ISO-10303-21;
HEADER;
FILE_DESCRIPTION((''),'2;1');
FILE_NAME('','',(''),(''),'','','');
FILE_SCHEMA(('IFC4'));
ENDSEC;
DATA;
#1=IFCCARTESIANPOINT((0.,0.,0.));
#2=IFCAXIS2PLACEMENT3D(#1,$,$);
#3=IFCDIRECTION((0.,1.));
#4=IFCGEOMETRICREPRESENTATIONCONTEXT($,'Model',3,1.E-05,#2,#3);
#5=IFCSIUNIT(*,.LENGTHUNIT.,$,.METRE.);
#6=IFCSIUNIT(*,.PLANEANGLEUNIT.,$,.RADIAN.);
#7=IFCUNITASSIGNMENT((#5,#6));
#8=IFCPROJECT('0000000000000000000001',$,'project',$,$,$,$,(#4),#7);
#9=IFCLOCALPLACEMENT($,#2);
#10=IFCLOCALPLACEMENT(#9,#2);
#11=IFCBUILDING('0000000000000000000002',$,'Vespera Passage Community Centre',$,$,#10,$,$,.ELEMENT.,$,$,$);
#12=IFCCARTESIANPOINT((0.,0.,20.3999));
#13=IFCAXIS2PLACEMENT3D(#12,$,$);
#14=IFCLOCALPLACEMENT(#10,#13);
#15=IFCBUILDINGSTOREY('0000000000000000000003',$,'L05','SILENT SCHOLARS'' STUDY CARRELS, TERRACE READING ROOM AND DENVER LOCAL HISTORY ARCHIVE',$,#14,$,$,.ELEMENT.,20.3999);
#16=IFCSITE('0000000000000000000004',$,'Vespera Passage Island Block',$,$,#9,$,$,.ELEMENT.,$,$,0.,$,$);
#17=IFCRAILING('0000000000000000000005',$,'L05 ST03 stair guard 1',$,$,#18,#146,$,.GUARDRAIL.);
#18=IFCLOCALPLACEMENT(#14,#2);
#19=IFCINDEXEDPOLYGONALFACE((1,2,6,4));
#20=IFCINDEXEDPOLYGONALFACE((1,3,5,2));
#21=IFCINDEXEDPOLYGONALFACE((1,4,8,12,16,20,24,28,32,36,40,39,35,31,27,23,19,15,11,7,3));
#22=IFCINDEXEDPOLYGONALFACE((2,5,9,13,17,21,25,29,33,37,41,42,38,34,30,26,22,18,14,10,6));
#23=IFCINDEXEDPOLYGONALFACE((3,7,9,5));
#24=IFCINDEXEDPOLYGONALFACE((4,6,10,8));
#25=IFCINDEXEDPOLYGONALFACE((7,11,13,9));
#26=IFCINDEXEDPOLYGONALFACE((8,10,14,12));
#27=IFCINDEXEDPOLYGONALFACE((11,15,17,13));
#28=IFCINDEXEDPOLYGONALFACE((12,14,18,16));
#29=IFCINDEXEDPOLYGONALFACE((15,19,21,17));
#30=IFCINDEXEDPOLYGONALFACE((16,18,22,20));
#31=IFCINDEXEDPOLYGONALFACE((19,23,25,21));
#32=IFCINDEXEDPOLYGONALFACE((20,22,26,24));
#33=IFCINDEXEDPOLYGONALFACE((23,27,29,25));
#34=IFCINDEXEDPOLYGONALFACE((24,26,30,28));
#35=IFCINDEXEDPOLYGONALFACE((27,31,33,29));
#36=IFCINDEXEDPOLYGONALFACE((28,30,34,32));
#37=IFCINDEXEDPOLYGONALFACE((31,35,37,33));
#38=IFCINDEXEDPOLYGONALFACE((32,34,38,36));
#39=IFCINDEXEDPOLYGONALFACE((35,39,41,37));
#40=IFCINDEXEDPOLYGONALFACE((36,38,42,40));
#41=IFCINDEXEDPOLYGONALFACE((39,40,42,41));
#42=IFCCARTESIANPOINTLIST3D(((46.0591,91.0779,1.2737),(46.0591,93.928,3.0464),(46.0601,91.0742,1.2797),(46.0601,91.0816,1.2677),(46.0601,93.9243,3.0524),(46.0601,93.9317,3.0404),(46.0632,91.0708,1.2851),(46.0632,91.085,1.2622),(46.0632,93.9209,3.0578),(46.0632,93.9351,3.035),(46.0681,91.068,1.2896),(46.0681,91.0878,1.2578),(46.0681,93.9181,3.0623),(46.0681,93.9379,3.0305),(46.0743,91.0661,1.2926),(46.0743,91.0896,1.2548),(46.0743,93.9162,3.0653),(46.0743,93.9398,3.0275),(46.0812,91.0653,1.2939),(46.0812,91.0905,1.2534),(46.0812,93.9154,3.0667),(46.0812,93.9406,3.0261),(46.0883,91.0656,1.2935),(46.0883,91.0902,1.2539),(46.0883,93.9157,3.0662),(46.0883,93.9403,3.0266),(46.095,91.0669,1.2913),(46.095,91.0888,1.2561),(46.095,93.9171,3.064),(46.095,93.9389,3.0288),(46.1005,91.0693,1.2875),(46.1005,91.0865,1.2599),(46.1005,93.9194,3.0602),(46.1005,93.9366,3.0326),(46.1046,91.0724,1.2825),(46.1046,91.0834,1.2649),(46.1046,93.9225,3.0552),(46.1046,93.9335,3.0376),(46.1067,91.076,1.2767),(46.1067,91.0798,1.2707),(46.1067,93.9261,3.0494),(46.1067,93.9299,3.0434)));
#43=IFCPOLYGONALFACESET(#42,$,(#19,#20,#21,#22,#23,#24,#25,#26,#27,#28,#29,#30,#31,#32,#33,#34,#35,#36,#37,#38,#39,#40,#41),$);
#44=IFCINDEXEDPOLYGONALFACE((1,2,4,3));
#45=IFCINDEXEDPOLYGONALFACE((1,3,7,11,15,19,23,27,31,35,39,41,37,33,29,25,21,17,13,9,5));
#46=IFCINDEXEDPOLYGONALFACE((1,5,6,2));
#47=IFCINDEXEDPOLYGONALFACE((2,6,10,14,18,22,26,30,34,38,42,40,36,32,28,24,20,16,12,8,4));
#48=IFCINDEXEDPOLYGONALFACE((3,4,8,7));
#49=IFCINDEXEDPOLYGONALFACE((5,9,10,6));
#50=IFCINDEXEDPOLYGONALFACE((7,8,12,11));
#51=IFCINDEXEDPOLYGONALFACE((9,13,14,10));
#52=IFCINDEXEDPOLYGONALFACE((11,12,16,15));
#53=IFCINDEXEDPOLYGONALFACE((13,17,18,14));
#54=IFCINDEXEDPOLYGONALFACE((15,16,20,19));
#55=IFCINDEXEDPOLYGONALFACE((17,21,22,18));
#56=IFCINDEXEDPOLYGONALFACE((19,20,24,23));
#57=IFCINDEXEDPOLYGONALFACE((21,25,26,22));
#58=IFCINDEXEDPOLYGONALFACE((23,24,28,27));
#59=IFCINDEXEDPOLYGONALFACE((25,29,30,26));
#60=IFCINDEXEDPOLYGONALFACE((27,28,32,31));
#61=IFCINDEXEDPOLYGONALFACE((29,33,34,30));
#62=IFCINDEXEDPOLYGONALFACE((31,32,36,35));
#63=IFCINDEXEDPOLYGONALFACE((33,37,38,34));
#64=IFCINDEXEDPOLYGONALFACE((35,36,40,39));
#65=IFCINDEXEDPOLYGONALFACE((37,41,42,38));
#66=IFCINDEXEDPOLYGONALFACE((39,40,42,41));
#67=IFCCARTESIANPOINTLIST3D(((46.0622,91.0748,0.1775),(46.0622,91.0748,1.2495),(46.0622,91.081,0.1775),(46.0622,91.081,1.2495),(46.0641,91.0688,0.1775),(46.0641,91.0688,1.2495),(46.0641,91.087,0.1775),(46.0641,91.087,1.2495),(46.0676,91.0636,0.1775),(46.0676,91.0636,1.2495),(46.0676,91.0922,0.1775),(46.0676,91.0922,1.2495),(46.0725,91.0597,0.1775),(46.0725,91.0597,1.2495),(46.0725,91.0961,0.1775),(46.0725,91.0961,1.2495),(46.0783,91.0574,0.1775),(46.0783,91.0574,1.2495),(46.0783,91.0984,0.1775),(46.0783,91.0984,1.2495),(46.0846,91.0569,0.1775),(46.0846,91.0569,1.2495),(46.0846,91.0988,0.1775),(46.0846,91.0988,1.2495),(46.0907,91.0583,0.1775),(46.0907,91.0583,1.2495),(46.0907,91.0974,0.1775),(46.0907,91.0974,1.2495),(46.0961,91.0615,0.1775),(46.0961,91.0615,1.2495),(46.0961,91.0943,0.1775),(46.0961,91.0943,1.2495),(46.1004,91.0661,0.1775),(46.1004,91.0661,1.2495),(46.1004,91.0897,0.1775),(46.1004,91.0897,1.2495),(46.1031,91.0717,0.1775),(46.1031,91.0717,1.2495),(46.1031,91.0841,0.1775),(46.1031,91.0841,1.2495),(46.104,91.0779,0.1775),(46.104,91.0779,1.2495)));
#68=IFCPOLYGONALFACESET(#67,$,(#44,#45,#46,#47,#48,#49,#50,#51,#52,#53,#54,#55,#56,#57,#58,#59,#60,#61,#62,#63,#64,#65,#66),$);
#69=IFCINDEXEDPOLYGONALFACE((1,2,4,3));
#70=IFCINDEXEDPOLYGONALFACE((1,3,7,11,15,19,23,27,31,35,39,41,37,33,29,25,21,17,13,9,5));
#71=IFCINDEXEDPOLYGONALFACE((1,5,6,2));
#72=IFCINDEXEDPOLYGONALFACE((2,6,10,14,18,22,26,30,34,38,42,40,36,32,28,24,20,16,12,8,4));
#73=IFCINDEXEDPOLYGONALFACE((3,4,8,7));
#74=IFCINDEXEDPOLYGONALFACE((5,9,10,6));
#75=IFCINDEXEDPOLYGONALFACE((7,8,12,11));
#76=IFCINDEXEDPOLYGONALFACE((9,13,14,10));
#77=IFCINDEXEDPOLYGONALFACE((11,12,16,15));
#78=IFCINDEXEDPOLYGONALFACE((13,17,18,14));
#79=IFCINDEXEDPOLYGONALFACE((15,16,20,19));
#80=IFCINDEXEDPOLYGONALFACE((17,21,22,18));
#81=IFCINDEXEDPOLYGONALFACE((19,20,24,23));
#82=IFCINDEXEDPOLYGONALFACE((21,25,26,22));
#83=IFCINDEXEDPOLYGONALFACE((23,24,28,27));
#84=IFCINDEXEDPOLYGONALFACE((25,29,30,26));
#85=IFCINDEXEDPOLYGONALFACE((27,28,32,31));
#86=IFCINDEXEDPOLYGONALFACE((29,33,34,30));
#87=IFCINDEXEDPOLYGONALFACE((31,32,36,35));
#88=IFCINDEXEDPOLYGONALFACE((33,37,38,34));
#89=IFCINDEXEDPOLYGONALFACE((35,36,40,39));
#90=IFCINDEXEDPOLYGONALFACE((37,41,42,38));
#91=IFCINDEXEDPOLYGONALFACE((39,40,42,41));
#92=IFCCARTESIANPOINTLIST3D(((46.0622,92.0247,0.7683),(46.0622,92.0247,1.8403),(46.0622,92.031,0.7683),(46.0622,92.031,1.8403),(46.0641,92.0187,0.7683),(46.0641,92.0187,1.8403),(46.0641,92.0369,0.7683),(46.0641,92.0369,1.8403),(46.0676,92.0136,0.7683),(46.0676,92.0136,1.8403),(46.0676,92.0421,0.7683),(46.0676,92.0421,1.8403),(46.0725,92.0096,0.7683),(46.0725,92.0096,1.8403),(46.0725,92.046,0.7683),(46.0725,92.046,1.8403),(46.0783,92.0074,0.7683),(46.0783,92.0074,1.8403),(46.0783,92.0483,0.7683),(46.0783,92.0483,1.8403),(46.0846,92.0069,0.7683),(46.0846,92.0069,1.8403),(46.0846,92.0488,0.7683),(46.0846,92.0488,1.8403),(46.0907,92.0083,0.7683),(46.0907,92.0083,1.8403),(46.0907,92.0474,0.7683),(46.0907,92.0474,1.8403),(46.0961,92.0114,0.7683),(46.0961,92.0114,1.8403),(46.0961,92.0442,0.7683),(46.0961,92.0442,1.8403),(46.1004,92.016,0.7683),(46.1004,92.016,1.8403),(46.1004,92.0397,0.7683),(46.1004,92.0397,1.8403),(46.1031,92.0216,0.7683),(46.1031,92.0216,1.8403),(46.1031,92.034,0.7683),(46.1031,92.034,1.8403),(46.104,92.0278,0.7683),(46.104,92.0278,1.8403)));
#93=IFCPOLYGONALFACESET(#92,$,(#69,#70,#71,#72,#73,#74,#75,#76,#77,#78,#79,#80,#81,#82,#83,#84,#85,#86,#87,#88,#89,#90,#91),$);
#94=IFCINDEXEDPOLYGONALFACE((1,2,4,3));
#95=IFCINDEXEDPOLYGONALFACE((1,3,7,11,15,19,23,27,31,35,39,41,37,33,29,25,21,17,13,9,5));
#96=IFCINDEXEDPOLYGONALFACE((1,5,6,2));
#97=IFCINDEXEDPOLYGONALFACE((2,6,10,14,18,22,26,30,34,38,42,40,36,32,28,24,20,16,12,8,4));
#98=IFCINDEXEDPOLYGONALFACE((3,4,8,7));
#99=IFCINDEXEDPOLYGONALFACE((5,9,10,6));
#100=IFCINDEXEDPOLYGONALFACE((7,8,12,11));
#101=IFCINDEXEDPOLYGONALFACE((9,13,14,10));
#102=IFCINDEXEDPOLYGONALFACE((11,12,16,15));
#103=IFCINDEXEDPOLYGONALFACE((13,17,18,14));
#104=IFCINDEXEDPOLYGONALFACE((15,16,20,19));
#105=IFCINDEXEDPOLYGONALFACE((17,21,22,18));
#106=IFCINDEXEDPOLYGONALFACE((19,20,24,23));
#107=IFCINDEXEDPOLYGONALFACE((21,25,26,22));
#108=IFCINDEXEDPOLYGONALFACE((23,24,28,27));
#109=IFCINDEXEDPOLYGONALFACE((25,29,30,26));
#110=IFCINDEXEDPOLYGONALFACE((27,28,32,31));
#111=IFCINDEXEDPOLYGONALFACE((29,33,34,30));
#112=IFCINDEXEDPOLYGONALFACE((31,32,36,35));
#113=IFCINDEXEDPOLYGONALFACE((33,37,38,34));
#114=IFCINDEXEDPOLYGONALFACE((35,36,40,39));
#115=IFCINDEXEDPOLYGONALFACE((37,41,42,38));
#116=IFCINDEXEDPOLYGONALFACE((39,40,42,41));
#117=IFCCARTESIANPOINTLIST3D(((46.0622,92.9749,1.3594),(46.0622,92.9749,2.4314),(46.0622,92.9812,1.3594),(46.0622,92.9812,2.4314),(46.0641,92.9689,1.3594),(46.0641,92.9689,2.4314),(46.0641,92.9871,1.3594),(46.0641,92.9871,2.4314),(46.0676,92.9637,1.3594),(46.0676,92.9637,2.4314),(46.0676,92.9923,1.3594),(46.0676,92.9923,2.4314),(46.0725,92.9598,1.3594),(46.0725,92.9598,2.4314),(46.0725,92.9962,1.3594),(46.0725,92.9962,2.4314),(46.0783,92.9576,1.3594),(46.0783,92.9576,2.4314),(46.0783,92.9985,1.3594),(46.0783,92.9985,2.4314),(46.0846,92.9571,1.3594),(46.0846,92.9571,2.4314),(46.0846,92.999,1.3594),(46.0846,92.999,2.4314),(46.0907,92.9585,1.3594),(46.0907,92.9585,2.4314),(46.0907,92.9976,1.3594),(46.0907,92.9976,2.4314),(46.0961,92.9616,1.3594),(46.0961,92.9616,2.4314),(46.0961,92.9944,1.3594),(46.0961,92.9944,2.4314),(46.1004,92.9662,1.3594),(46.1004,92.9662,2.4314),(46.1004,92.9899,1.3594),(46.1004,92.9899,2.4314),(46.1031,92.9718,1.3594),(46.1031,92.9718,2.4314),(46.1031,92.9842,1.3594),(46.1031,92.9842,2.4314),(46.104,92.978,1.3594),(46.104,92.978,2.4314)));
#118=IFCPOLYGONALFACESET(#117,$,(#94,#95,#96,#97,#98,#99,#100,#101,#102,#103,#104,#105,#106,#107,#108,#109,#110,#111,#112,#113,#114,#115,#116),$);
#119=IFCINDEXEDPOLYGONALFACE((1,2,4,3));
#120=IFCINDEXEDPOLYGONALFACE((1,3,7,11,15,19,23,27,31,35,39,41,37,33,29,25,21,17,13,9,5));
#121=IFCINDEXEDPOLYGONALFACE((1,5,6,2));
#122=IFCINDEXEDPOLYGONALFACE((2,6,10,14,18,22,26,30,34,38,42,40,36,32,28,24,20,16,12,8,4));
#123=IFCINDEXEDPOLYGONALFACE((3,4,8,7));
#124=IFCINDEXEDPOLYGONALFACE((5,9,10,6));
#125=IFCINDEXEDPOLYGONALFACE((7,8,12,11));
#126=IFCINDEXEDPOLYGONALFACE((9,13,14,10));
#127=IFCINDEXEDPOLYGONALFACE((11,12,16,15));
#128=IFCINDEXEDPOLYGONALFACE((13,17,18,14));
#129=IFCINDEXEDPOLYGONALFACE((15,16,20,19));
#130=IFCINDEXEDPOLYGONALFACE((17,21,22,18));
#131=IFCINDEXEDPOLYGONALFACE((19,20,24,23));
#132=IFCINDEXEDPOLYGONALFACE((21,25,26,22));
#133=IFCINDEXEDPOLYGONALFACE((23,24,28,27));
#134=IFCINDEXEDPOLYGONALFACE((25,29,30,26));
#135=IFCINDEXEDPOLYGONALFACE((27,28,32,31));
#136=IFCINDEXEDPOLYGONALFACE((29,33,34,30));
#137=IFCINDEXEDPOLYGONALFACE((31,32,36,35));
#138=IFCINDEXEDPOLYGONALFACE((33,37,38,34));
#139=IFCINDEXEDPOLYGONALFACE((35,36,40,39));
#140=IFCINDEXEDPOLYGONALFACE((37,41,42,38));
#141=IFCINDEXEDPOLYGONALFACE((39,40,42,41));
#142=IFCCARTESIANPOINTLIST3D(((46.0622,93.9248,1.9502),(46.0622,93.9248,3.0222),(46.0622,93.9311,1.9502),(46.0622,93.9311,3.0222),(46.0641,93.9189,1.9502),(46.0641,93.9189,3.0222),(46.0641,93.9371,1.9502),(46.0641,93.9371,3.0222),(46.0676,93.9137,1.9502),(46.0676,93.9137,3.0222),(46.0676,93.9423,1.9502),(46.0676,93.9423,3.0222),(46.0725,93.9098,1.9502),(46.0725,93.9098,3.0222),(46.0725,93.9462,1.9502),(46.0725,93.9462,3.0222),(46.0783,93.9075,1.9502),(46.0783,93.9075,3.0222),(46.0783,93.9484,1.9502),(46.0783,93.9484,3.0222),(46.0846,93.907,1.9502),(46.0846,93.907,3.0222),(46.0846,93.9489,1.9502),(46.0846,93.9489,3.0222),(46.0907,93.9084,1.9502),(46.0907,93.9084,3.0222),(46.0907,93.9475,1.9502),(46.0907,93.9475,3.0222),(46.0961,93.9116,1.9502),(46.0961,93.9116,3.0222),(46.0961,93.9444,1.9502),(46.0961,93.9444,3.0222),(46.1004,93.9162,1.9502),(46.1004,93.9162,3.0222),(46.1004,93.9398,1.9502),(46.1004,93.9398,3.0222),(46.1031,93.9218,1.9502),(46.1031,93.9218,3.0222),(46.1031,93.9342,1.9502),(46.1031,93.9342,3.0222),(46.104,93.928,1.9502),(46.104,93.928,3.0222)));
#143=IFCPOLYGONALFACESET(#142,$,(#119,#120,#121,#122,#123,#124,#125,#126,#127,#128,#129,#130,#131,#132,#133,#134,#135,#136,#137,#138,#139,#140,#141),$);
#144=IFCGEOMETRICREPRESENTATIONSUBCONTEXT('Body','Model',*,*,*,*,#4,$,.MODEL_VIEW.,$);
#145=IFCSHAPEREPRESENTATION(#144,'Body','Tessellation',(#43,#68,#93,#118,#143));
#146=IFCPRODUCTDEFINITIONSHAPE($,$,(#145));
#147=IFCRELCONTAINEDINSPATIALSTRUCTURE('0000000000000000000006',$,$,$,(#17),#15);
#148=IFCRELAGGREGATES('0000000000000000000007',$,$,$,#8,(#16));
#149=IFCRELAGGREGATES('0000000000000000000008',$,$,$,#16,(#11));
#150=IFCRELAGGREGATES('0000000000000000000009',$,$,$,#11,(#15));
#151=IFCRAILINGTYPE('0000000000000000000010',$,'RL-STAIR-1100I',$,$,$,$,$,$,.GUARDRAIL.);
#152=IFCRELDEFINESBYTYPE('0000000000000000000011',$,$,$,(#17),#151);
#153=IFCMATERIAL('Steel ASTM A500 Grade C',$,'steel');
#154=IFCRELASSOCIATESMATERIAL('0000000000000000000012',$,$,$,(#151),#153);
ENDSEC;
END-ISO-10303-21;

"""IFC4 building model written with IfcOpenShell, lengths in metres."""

from ifc_helpers import new_model, si_unit, direction, frame, origin, origin_2d, place, context, subcontext, project, spatial, circle, extrude, material, type_object, element, save


model = new_model("IFC4")

# Units and contexts
model_context = context("Model", 3, precision=1e-05, world=origin(), true_north=direction((0.0, 1.0)))
body_context = subcontext(model_context, "Body", "Model", "MODEL_VIEW")
ifc_project = project(units=[si_unit("LENGTHUNIT", "METRE"), si_unit("PLANEANGLEUNIT", "RADIAN")], contexts=[model_context])

# Site, building, storey
site_placement = place(None, origin())
site = spatial("IfcSite", under=ifc_project, at=site_placement, Name="Vespera Passage Island Block", CompositionType="ELEMENT", RefElevation=0.0)
building_placement = place(site_placement, origin())
building = spatial("IfcBuilding", under=site, at=building_placement, Name="Vespera Passage Community Centre", CompositionType="ELEMENT")
storey_placement = place(building_placement, frame((0.0, 0.0, 20.3999)))
storey = spatial("IfcBuildingStorey", under=building, at=storey_placement, Name="L05", Description="SILENT SCHOLARS' STUDY CARRELS, TERRACE READING ROOM AND DENVER LOCAL HISTORY ARCHIVE", CompositionType="ELEMENT", Elevation=20.3999)

# Railing
ifc_material_1 = material(Name="Steel ASTM A500 Grade C", Category="steel")
railing_type_1 = type_object("IfcRailingType", Name="RL-STAIR-1100I", PredefinedType="GUARDRAIL", material=ifc_material_1)
railing_1_placement = place(storey_placement, frame((46.083, 91.0779, 0.1775)))
element("IfcRailing", 1, at=railing_1_placement, inside=storey, type_object=railing_type_1, Name="L05 ST03 stair guard 1", PredefinedType="GUARDRAIL", context=body_context, shape_type="SweptSolid", body=[
    extrude(circle(Radius=0.0239, at=origin_2d()), frame((0.0, 0.0, 1.0962), z_axis=(0.0, 0.849149, 0.528154), x_axis=(-1.0, 0.0, 0.0)), (0.0, 0.0, 1.0), 3.3564),
    extrude(circle(Radius=0.021, at=origin_2d()), origin(), (0.0, 0.0, 1.0), 1.072),
    extrude(circle(Radius=0.021, at=origin_2d()), frame((0.0, 0.95, 0.5908)), (0.0, 0.0, 1.0), 1.072),
    extrude(circle(Radius=0.021, at=origin_2d()), frame((0.0, 1.9001, 1.1819)), (0.0, 0.0, 1.0), 1.072),
    extrude(circle(Radius=0.021, at=origin_2d()), frame((0.0, 2.8501, 1.7727)), (0.0, 0.0, 1.0), 1.072),
])

save(model, "model.ifc")
